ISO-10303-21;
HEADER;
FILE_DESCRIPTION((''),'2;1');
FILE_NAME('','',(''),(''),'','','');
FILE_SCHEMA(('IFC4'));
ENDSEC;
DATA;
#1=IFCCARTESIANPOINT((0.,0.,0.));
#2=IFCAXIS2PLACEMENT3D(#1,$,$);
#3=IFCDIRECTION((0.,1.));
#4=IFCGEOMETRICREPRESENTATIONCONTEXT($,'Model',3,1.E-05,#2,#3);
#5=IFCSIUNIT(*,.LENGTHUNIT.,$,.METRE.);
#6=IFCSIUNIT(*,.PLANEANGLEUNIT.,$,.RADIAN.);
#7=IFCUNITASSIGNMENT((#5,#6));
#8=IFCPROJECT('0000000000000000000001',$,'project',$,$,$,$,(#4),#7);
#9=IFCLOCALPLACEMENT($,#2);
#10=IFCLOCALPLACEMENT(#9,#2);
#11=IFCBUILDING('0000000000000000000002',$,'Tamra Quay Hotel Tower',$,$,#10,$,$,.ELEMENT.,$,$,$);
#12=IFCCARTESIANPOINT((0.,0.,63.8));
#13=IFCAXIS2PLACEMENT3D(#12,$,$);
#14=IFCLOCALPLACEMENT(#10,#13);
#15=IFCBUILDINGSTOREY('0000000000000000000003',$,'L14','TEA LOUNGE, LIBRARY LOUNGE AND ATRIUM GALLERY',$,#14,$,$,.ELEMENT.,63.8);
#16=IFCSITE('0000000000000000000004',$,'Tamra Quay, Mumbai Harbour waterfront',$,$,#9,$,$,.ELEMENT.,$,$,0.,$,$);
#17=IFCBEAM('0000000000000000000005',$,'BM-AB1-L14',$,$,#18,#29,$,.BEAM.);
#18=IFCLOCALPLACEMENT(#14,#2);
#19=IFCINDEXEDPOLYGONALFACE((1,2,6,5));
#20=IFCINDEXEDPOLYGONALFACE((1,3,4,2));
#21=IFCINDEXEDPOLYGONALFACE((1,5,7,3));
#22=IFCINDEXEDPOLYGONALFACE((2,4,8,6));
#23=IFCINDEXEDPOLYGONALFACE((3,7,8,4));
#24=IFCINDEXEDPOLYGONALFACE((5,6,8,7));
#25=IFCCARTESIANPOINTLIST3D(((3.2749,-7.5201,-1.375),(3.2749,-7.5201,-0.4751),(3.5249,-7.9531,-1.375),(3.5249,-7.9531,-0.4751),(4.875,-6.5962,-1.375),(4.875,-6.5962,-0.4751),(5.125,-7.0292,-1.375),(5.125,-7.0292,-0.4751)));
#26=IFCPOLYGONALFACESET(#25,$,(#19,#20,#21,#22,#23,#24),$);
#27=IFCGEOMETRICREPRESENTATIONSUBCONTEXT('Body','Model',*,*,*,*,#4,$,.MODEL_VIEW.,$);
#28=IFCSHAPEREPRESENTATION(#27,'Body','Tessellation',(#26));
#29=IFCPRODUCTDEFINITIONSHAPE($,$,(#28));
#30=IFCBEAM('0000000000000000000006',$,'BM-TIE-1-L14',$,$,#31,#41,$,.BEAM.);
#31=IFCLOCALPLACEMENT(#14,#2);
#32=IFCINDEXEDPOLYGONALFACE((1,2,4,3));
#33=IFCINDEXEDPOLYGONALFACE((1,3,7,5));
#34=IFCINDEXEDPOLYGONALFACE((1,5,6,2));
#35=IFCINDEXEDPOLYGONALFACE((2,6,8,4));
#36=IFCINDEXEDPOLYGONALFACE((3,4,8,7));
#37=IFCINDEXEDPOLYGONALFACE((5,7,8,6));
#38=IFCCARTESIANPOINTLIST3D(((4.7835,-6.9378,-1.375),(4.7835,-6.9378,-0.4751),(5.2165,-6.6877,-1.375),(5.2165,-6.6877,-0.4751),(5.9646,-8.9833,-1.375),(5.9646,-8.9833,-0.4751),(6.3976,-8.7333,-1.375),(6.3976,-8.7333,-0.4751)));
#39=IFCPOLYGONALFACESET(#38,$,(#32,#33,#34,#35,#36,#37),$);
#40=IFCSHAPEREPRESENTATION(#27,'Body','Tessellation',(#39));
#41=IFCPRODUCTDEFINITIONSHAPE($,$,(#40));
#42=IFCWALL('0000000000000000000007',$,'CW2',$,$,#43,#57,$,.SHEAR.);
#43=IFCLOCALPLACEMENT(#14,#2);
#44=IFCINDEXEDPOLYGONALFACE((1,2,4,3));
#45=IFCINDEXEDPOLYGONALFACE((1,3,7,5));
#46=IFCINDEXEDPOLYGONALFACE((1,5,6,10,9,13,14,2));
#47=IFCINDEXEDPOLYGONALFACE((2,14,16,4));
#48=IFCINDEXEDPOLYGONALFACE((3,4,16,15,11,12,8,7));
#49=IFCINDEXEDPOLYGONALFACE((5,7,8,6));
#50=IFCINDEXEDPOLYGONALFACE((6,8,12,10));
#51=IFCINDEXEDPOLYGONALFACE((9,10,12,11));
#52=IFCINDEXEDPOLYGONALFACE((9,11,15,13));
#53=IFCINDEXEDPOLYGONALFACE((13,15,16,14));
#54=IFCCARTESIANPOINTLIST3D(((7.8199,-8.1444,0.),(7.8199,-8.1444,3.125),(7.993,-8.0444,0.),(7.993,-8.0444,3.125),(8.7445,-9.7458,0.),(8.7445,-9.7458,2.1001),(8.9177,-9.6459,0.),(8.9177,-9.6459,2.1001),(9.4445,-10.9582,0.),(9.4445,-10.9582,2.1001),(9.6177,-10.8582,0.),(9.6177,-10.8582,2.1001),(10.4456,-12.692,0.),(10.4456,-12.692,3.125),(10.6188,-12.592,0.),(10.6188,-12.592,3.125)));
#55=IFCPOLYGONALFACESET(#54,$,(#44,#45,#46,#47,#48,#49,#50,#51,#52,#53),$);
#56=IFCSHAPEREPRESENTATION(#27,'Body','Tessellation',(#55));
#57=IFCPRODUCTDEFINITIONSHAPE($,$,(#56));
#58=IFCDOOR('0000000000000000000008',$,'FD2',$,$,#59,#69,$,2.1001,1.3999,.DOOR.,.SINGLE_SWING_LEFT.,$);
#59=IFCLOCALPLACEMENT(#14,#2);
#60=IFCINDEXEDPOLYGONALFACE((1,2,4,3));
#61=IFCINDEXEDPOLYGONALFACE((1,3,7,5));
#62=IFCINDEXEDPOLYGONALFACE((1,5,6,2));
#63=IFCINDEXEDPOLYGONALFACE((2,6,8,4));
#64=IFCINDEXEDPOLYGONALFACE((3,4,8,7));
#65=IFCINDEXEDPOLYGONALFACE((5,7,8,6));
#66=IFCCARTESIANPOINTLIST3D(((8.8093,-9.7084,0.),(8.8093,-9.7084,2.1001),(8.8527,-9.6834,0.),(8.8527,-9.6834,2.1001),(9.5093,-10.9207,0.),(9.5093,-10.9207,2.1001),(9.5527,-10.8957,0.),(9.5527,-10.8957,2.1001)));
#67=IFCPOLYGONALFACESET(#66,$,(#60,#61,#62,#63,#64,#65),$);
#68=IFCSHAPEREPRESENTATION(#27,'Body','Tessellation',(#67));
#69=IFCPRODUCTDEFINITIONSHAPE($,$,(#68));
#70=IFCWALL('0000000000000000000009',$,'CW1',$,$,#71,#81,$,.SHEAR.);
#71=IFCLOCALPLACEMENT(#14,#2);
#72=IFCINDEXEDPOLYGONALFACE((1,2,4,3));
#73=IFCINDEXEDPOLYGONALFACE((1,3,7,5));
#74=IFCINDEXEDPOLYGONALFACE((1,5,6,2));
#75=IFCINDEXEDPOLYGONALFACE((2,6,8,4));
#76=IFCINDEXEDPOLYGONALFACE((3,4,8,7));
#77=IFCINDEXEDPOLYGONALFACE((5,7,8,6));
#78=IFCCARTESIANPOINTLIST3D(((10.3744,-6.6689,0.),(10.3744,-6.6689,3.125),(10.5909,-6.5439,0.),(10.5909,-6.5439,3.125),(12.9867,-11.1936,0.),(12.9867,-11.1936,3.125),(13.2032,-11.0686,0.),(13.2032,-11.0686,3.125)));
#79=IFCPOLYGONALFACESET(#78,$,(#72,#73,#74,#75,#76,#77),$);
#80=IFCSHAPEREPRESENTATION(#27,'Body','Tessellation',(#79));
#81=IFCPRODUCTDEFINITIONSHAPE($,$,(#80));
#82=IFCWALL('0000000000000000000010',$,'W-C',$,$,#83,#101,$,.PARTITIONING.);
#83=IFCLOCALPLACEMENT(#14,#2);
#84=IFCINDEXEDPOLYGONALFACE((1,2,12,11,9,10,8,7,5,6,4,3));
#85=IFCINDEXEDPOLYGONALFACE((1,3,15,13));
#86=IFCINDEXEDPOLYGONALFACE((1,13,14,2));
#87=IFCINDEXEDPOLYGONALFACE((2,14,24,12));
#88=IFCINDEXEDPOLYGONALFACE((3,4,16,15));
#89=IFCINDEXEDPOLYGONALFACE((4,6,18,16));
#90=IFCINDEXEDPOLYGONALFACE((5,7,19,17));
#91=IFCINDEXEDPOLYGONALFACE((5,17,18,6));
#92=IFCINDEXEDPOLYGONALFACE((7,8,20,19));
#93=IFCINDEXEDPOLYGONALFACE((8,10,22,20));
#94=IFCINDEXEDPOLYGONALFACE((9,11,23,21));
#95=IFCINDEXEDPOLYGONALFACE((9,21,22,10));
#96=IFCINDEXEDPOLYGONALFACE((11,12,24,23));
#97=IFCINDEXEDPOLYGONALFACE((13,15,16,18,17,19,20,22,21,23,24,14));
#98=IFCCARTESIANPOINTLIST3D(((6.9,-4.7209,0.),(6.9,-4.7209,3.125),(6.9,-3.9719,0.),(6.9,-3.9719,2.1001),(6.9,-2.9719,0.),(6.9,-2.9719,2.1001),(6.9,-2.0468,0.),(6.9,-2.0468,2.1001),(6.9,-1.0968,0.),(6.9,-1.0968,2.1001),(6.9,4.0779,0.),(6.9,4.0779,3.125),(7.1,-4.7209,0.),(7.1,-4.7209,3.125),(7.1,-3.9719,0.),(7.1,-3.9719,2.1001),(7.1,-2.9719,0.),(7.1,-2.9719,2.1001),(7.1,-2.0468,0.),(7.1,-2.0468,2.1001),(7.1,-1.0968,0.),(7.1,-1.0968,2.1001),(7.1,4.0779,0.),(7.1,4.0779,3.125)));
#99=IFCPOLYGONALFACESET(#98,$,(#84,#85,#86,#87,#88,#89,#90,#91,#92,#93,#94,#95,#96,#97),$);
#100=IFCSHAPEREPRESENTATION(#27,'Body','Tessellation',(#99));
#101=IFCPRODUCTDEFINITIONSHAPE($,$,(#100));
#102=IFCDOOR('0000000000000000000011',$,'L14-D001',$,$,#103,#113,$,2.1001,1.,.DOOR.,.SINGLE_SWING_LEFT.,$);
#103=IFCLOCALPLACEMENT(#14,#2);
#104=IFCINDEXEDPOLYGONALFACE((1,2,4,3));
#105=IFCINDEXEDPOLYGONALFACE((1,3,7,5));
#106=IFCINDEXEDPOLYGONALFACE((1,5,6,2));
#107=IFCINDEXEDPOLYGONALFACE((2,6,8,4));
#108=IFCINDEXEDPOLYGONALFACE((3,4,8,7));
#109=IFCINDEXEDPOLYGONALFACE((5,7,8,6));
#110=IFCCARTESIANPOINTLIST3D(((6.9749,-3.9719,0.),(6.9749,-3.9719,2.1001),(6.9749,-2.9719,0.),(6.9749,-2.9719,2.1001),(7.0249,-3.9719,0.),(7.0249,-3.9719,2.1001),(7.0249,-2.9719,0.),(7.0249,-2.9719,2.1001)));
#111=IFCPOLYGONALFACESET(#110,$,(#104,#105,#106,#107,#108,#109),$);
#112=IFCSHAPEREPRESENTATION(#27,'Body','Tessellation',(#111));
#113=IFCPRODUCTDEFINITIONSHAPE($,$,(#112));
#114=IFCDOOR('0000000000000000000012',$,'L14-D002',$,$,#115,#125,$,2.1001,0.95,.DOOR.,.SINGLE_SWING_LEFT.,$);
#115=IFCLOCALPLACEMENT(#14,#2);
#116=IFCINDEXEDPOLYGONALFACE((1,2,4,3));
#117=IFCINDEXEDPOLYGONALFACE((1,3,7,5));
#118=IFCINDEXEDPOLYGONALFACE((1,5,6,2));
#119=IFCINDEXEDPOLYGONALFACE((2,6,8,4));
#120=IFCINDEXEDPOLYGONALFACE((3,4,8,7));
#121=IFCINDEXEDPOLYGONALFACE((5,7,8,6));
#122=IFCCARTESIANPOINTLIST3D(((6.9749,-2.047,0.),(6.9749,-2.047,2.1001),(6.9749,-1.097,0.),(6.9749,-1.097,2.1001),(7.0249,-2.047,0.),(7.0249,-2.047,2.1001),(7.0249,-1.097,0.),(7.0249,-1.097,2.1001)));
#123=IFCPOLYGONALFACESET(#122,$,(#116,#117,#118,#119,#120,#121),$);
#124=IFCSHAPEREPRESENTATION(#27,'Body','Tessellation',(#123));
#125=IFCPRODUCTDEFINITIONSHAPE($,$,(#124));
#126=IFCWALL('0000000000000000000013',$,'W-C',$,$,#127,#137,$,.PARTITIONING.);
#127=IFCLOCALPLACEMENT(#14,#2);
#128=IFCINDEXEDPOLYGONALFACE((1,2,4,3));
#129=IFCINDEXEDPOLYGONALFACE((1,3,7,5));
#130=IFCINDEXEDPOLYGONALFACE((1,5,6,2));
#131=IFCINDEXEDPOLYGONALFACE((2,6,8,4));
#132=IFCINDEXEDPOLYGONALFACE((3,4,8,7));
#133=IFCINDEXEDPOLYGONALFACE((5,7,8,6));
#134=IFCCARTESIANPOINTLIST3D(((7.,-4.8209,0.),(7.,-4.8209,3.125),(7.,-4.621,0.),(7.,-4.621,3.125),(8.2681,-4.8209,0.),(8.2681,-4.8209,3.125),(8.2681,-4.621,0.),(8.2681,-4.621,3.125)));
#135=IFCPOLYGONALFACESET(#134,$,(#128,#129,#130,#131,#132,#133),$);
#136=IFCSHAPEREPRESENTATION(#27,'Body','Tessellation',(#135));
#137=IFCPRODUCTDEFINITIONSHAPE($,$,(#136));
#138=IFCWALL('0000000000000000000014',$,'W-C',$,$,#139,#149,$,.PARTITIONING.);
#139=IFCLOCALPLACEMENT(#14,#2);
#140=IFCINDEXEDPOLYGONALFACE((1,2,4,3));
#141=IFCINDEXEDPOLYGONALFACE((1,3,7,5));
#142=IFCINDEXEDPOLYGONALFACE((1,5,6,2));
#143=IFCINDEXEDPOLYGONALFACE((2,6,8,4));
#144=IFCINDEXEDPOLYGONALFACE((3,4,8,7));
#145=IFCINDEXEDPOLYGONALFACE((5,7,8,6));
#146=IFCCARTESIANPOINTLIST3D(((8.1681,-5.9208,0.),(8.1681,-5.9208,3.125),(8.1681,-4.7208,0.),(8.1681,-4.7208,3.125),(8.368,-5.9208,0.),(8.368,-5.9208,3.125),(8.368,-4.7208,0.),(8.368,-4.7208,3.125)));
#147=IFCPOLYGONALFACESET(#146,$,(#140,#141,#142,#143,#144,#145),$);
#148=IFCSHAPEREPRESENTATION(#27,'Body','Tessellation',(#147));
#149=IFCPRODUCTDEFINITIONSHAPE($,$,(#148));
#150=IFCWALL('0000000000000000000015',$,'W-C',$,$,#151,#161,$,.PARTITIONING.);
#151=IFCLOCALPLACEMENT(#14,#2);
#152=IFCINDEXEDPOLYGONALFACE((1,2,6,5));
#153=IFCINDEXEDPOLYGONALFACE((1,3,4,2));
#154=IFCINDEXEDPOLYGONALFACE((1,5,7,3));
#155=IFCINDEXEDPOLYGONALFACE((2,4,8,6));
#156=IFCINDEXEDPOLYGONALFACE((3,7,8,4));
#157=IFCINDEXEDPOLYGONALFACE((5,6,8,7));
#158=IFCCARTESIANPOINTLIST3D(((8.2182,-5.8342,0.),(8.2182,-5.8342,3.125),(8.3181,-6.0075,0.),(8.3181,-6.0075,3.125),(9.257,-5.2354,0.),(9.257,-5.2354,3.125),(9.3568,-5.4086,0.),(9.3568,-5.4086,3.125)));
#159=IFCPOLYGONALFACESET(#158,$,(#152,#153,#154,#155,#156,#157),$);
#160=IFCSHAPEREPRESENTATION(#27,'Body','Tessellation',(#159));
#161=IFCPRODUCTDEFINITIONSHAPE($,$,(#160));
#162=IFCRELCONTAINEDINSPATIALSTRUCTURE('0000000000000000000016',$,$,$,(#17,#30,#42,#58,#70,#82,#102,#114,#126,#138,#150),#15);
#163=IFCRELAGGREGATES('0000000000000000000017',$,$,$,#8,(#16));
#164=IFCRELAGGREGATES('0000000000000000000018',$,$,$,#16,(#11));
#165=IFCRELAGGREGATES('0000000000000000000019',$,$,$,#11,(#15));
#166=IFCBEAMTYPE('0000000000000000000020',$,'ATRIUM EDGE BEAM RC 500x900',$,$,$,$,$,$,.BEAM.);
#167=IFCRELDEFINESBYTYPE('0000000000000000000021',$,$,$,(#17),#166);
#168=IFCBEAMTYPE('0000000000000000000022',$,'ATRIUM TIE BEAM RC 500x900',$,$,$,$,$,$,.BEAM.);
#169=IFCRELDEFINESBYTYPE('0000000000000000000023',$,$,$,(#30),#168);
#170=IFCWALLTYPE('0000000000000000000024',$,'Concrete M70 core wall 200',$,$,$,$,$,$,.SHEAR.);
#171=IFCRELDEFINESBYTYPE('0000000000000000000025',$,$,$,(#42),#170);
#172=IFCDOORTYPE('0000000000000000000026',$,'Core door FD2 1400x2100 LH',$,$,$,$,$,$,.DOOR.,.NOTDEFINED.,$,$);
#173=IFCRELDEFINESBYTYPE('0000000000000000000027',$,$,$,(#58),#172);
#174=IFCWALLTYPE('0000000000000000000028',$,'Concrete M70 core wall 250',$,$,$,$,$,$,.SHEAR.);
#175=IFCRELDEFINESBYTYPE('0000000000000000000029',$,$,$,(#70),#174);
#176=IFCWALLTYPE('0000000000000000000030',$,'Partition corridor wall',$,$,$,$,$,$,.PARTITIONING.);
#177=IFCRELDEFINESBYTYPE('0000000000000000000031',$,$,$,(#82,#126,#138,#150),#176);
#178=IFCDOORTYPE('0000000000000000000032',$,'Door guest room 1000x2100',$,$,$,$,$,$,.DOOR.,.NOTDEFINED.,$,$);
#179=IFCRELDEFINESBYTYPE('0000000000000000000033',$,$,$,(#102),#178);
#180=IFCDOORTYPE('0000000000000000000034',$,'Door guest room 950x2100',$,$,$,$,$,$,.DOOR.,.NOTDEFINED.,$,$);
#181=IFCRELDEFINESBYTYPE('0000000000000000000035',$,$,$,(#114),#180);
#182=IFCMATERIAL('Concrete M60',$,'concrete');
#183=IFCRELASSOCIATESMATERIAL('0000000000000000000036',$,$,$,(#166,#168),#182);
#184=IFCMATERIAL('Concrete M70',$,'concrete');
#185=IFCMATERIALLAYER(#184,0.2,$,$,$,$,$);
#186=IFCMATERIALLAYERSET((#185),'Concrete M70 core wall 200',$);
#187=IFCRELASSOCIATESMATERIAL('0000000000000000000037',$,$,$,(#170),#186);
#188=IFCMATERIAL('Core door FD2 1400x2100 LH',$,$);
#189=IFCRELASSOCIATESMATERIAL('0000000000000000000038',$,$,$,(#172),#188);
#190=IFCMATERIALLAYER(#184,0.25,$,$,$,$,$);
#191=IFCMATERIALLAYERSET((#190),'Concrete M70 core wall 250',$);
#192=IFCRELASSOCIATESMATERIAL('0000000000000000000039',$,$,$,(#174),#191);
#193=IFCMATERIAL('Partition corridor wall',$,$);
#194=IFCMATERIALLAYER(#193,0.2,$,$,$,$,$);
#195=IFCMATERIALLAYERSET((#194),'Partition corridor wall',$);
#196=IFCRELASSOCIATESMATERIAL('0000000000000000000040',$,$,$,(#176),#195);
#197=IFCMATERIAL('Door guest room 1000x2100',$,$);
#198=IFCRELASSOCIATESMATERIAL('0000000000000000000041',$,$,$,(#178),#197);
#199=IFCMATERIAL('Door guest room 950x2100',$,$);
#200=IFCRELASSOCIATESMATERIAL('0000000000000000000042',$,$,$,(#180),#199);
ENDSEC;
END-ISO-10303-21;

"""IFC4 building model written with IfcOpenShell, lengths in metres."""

from ifc_helpers import new_model, si_unit, direction, frame, frame_2d, origin, origin_2d, place, context, subcontext, project, spatial, rectangle, extrude, material, layer, layer_set, material_profile, profile_set, type_object, element, fill, save


model = new_model("IFC4")

# Units and contexts
model_context = context("Model", 3, precision=1e-05, world=origin(), true_north=direction((0.0, 1.0)))
body_context = subcontext(model_context, "Body", "Model", "MODEL_VIEW")
ifc_project = project(units=[si_unit("LENGTHUNIT", "METRE"), si_unit("PLANEANGLEUNIT", "RADIAN")], contexts=[model_context])

# Site, building, storey
site_placement = place(None, origin())
site = spatial("IfcSite", under=ifc_project, at=site_placement, Name="Tamra Quay, Mumbai Harbour waterfront", CompositionType="ELEMENT", RefElevation=0.0)
building_placement = place(site_placement, origin())
building = spatial("IfcBuilding", under=site, at=building_placement, Name="Tamra Quay Hotel Tower", CompositionType="ELEMENT")
storey_placement = place(building_placement, frame((0.0, 0.0, 63.8)))
storey = spatial("IfcBuildingStorey", under=building, at=storey_placement, Name="L14", Description="TEA LOUNGE, LIBRARY LOUNGE AND ATRIUM GALLERY", CompositionType="ELEMENT", Elevation=63.8)

# Beams
ifc_material_1 = material(Name="Concrete M60", Category="concrete")
ifc_material_profile_1 = material_profile(ifc_material_1, rectangle(XDim=0.5, YDim=0.8999, at=origin_2d()), Name="ATRIUM EDGE BEAM RC 500x900")
ifc_profile_set_1 = profile_set([ifc_material_profile_1], Name="Concrete M60")
beam_type_1 = type_object("IfcBeamType", Name="ATRIUM EDGE BEAM RC 500x900", PredefinedType="BEAM", material=ifc_profile_set_1)
beam_1_placement = place(storey_placement, frame((5.0, -6.8127, -0.925), z_axis=(-0.866023, -0.500005, 0.0), x_axis=(0.500005, -0.866023, 0.0)))
element("IfcBeam", 1, at=beam_1_placement, inside=storey, type_object=beam_type_1, Name="BM-AB1-L14", PredefinedType="BEAM", context=body_context, shape_type="SweptSolid", body=[
    extrude(rectangle(XDim=0.5, YDim=0.8999, at=origin_2d()), origin(), (0.0, 0.0, 1.0), 1.8477),
])
ifc_material_profile_2 = material_profile(ifc_material_1, rectangle(XDim=0.5, YDim=0.8999, at=origin_2d()), Name="ATRIUM TIE BEAM RC 500x900")
ifc_profile_set_2 = profile_set([ifc_material_profile_2], Name="Concrete M60")
beam_type_2 = type_object("IfcBeamType", Name="ATRIUM TIE BEAM RC 500x900", PredefinedType="BEAM", material=ifc_profile_set_2)
beam_2_placement = place(storey_placement, frame((5.0, -6.8127, -0.925), z_axis=(0.50003, -0.866008, 0.0), x_axis=(0.866008, 0.50003, 0.0)))
element("IfcBeam", 2, at=beam_2_placement, inside=storey, type_object=beam_type_2, Name="BM-TIE-1-L14", PredefinedType="BEAM", context=body_context, shape_type="SweptSolid", body=[
    extrude(rectangle(XDim=0.5, YDim=0.8999, at=origin_2d()), origin(), (0.0, 0.0, 1.0), 2.3621),
])

# Wall, opening, door
ifc_material_2 = material(Name="Concrete M70", Category="concrete")
ifc_layer_1 = layer(ifc_material_2, 0.2)
ifc_layer_set_1 = layer_set([ifc_layer_1], Name="Concrete M70 core wall 200")
wall_type_1 = type_object("IfcWallType", Name="Concrete M70 core wall 200", PredefinedType="SHEAR", material=ifc_layer_set_1)
wall_1_placement = place(storey_placement, frame((7.9065, -8.0945, 0.0), z_axis=(0.0, 0.0, 1.0), x_axis=(0.500024, -0.866011, 0.0)))
wall_1 = element("IfcWall", 3, at=wall_1_placement, inside=storey, type_object=wall_type_1, Name="CW2", PredefinedType="SHEAR", context=body_context, shape_type="SweptSolid", body=[
    extrude(rectangle(XDim=5.2512, YDim=0.2, at=frame_2d((2.6255, 0.0))), origin(), (0.0, 0.0, 1.0), 3.125),
])
opening_1_placement = place(wall_1_placement, frame((1.8491, 0.0, 0.0)))
opening_1 = element("IfcOpeningElement", 4, at=opening_1_placement, cuts=wall_1, PredefinedType="OPENING", context=body_context, shape_type="SweptSolid", body=[
    extrude(rectangle(XDim=1.3999, YDim=2.1001, at=frame_2d((0.7, 1.05))), frame((0.0, 0.1099, 0.0), z_axis=(0.0, -1.0, 0.0), x_axis=(1.0, 0.0, 0.0)), (0.0, 0.0, 1.0), 0.22),
])
ifc_material_3 = material(Name="Core door FD2 1400x2100 LH")
door_type_1 = type_object("IfcDoorType", Name="Core door FD2 1400x2100 LH", OperationType="NOTDEFINED", PredefinedType="DOOR", material=ifc_material_3)
door_1_placement = place(opening_1_placement, origin())
door_1 = element("IfcDoor", 5, at=door_1_placement, inside=storey, type_object=door_type_1, Name="FD2", OperationType="SINGLE_SWING_LEFT", OverallHeight=2.1001, OverallWidth=1.3999, PredefinedType="DOOR", context=body_context, shape_type="SweptSolid", body=[
    extrude(rectangle(XDim=1.3999, YDim=2.1001, at=frame_2d((0.7, 1.05))), frame((0.0, 0.0249, 0.0), z_axis=(0.0, -1.0, 0.0), x_axis=(1.0, 0.0, 0.0)), (0.0, 0.0, 1.0), 0.05),
])
fill(opening_1, door_1)

# Wall
ifc_layer_2 = layer(ifc_material_2, 0.25)
ifc_layer_set_2 = layer_set([ifc_layer_2], Name="Concrete M70 core wall 250")
wall_type_2 = type_object("IfcWallType", Name="Concrete M70 core wall 250", PredefinedType="SHEAR", material=ifc_layer_set_2)
wall_2_placement = place(storey_placement, frame((10.4827, -6.6064, 0.0), z_axis=(0.0, 0.0, 1.0), x_axis=(0.499999, -0.866026, 0.0)))
element("IfcWall", 6, at=wall_2_placement, inside=storey, type_object=wall_type_2, Name="CW1", PredefinedType="SHEAR", context=body_context, shape_type="SweptSolid", body=[
    extrude(rectangle(XDim=5.2246, YDim=0.25, at=frame_2d((2.6123, 0.0))), origin(), (0.0, 0.0, 1.0), 3.125),
])

# Wall, openings, doors
ifc_material_4 = material(Name="Partition corridor wall")
ifc_layer_3 = layer(ifc_material_4, 0.2)
ifc_layer_set_3 = layer_set([ifc_layer_3], Name="Partition corridor wall")
wall_type_3 = type_object("IfcWallType", Name="Partition corridor wall", PredefinedType="PARTITIONING", material=ifc_layer_set_3)
wall_3_placement = place(storey_placement, frame((7.0, -4.7209, 0.0), z_axis=(0.0, 0.0, 1.0), x_axis=(0.0, 1.0, 0.0)))
wall_3 = element("IfcWall", 7, at=wall_3_placement, inside=storey, type_object=wall_type_3, Name="W-C", PredefinedType="PARTITIONING", context=body_context, shape_type="SweptSolid", body=[
    extrude(rectangle(XDim=8.7988, YDim=0.2, at=frame_2d((4.3994, 0.0))), origin(), (0.0, 0.0, 1.0), 3.125),
])
opening_2_placement = place(wall_3_placement, frame((0.749, 0.0, 0.0)))
opening_2 = element("IfcOpeningElement", 8, at=opening_2_placement, cuts=wall_3, PredefinedType="OPENING", context=body_context, shape_type="SweptSolid", body=[
    extrude(rectangle(XDim=1.0, YDim=2.1001, at=frame_2d((0.5, 1.05))), frame((0.0, 0.1099, 0.0), z_axis=(0.0, -1.0, 0.0), x_axis=(1.0, 0.0, 0.0)), (0.0, 0.0, 1.0), 0.22),
])
opening_3_placement = place(wall_3_placement, frame((2.6741, 0.0, 0.0)))
opening_3 = element("IfcOpeningElement", 9, at=opening_3_placement, cuts=wall_3, PredefinedType="OPENING", context=body_context, shape_type="SweptSolid", body=[
    extrude(rectangle(XDim=0.95, YDim=2.1001, at=frame_2d((0.4751, 1.05))), frame((0.0, 0.1099, 0.0), z_axis=(0.0, -1.0, 0.0), x_axis=(1.0, 0.0, 0.0)), (0.0, 0.0, 1.0), 0.22),
])
ifc_material_5 = material(Name="Door guest room 1000x2100")
door_type_2 = type_object("IfcDoorType", Name="Door guest room 1000x2100", OperationType="NOTDEFINED", PredefinedType="DOOR", material=ifc_material_5)
door_2_placement = place(opening_2_placement, frame((1.0, 0.0, 0.0), z_axis=(0.0, 0.0, 1.0), x_axis=(-1.0, 0.0, 0.0)))
door_2 = element("IfcDoor", 10, at=door_2_placement, inside=storey, type_object=door_type_2, Name="L14-D001", OperationType="SINGLE_SWING_LEFT", OverallHeight=2.1001, OverallWidth=1.0, PredefinedType="DOOR", context=body_context, shape_type="SweptSolid", body=[
    extrude(rectangle(XDim=1.0, YDim=2.1001, at=frame_2d((0.5, 1.05))), frame((0.0, 0.0249, 0.0), z_axis=(0.0, -1.0, 0.0), x_axis=(1.0, 0.0, 0.0)), (0.0, 0.0, 1.0), 0.05),
])
fill(opening_2, door_2)
ifc_material_6 = material(Name="Door guest room 950x2100")
door_type_3 = type_object("IfcDoorType", Name="Door guest room 950x2100", OperationType="NOTDEFINED", PredefinedType="DOOR", material=ifc_material_6)
door_3_placement = place(opening_3_placement, frame((0.95, 0.0, 0.0), z_axis=(0.0, 0.0, 1.0), x_axis=(-1.0, 0.0, 0.0)))
door_3 = element("IfcDoor", 11, at=door_3_placement, inside=storey, type_object=door_type_3, Name="L14-D002", OperationType="SINGLE_SWING_LEFT", OverallHeight=2.1001, OverallWidth=0.95, PredefinedType="DOOR", context=body_context, shape_type="SweptSolid", body=[
    extrude(rectangle(XDim=0.95, YDim=2.1001, at=frame_2d((0.4751, 1.05))), frame((0.0, 0.0249, 0.0), z_axis=(0.0, -1.0, 0.0), x_axis=(1.0, 0.0, 0.0)), (0.0, 0.0, 1.0), 0.05),
])
fill(opening_3, door_3)

# Walls
wall_4_placement = place(storey_placement, frame((7.0, -4.7209, 0.0), z_axis=(0.0, 0.0, 1.0), x_axis=(1.0, 0.0, 0.0)))
element("IfcWall", 12, at=wall_4_placement, inside=storey, type_object=wall_type_3, Name="W-C", PredefinedType="PARTITIONING", context=body_context, shape_type="SweptSolid", body=[
    extrude(rectangle(XDim=1.2681, YDim=0.2, at=frame_2d((0.634, 0.0))), origin(), (0.0, 0.0, 1.0), 3.125),
])
wall_5_placement = place(storey_placement, frame((8.2681, -5.9209, 0.0), z_axis=(0.0, 0.0, 1.0), x_axis=(0.0, 1.0, 0.0)))
element("IfcWall", 13, at=wall_5_placement, inside=storey, type_object=wall_type_3, Name="W-C", PredefinedType="PARTITIONING", context=body_context, shape_type="SweptSolid", body=[
    extrude(rectangle(XDim=1.2, YDim=0.2, at=frame_2d((0.6001, 0.0))), origin(), (0.0, 0.0, 1.0), 3.125),
])
wall_6_placement = place(storey_placement, frame((8.2681, -5.9209, 0.0), z_axis=(0.0, 0.0, 1.0), x_axis=(0.866345, 0.499446, 0.0)))
element("IfcWall", 14, at=wall_6_placement, inside=storey, type_object=wall_type_3, Name="W-C", PredefinedType="PARTITIONING", context=body_context, shape_type="SweptSolid", body=[
    extrude(rectangle(XDim=1.199, YDim=0.2, at=frame_2d((0.5996, 0.0))), origin(), (0.0, 0.0, 1.0), 3.125),
])

save(model, "model.ifc")
